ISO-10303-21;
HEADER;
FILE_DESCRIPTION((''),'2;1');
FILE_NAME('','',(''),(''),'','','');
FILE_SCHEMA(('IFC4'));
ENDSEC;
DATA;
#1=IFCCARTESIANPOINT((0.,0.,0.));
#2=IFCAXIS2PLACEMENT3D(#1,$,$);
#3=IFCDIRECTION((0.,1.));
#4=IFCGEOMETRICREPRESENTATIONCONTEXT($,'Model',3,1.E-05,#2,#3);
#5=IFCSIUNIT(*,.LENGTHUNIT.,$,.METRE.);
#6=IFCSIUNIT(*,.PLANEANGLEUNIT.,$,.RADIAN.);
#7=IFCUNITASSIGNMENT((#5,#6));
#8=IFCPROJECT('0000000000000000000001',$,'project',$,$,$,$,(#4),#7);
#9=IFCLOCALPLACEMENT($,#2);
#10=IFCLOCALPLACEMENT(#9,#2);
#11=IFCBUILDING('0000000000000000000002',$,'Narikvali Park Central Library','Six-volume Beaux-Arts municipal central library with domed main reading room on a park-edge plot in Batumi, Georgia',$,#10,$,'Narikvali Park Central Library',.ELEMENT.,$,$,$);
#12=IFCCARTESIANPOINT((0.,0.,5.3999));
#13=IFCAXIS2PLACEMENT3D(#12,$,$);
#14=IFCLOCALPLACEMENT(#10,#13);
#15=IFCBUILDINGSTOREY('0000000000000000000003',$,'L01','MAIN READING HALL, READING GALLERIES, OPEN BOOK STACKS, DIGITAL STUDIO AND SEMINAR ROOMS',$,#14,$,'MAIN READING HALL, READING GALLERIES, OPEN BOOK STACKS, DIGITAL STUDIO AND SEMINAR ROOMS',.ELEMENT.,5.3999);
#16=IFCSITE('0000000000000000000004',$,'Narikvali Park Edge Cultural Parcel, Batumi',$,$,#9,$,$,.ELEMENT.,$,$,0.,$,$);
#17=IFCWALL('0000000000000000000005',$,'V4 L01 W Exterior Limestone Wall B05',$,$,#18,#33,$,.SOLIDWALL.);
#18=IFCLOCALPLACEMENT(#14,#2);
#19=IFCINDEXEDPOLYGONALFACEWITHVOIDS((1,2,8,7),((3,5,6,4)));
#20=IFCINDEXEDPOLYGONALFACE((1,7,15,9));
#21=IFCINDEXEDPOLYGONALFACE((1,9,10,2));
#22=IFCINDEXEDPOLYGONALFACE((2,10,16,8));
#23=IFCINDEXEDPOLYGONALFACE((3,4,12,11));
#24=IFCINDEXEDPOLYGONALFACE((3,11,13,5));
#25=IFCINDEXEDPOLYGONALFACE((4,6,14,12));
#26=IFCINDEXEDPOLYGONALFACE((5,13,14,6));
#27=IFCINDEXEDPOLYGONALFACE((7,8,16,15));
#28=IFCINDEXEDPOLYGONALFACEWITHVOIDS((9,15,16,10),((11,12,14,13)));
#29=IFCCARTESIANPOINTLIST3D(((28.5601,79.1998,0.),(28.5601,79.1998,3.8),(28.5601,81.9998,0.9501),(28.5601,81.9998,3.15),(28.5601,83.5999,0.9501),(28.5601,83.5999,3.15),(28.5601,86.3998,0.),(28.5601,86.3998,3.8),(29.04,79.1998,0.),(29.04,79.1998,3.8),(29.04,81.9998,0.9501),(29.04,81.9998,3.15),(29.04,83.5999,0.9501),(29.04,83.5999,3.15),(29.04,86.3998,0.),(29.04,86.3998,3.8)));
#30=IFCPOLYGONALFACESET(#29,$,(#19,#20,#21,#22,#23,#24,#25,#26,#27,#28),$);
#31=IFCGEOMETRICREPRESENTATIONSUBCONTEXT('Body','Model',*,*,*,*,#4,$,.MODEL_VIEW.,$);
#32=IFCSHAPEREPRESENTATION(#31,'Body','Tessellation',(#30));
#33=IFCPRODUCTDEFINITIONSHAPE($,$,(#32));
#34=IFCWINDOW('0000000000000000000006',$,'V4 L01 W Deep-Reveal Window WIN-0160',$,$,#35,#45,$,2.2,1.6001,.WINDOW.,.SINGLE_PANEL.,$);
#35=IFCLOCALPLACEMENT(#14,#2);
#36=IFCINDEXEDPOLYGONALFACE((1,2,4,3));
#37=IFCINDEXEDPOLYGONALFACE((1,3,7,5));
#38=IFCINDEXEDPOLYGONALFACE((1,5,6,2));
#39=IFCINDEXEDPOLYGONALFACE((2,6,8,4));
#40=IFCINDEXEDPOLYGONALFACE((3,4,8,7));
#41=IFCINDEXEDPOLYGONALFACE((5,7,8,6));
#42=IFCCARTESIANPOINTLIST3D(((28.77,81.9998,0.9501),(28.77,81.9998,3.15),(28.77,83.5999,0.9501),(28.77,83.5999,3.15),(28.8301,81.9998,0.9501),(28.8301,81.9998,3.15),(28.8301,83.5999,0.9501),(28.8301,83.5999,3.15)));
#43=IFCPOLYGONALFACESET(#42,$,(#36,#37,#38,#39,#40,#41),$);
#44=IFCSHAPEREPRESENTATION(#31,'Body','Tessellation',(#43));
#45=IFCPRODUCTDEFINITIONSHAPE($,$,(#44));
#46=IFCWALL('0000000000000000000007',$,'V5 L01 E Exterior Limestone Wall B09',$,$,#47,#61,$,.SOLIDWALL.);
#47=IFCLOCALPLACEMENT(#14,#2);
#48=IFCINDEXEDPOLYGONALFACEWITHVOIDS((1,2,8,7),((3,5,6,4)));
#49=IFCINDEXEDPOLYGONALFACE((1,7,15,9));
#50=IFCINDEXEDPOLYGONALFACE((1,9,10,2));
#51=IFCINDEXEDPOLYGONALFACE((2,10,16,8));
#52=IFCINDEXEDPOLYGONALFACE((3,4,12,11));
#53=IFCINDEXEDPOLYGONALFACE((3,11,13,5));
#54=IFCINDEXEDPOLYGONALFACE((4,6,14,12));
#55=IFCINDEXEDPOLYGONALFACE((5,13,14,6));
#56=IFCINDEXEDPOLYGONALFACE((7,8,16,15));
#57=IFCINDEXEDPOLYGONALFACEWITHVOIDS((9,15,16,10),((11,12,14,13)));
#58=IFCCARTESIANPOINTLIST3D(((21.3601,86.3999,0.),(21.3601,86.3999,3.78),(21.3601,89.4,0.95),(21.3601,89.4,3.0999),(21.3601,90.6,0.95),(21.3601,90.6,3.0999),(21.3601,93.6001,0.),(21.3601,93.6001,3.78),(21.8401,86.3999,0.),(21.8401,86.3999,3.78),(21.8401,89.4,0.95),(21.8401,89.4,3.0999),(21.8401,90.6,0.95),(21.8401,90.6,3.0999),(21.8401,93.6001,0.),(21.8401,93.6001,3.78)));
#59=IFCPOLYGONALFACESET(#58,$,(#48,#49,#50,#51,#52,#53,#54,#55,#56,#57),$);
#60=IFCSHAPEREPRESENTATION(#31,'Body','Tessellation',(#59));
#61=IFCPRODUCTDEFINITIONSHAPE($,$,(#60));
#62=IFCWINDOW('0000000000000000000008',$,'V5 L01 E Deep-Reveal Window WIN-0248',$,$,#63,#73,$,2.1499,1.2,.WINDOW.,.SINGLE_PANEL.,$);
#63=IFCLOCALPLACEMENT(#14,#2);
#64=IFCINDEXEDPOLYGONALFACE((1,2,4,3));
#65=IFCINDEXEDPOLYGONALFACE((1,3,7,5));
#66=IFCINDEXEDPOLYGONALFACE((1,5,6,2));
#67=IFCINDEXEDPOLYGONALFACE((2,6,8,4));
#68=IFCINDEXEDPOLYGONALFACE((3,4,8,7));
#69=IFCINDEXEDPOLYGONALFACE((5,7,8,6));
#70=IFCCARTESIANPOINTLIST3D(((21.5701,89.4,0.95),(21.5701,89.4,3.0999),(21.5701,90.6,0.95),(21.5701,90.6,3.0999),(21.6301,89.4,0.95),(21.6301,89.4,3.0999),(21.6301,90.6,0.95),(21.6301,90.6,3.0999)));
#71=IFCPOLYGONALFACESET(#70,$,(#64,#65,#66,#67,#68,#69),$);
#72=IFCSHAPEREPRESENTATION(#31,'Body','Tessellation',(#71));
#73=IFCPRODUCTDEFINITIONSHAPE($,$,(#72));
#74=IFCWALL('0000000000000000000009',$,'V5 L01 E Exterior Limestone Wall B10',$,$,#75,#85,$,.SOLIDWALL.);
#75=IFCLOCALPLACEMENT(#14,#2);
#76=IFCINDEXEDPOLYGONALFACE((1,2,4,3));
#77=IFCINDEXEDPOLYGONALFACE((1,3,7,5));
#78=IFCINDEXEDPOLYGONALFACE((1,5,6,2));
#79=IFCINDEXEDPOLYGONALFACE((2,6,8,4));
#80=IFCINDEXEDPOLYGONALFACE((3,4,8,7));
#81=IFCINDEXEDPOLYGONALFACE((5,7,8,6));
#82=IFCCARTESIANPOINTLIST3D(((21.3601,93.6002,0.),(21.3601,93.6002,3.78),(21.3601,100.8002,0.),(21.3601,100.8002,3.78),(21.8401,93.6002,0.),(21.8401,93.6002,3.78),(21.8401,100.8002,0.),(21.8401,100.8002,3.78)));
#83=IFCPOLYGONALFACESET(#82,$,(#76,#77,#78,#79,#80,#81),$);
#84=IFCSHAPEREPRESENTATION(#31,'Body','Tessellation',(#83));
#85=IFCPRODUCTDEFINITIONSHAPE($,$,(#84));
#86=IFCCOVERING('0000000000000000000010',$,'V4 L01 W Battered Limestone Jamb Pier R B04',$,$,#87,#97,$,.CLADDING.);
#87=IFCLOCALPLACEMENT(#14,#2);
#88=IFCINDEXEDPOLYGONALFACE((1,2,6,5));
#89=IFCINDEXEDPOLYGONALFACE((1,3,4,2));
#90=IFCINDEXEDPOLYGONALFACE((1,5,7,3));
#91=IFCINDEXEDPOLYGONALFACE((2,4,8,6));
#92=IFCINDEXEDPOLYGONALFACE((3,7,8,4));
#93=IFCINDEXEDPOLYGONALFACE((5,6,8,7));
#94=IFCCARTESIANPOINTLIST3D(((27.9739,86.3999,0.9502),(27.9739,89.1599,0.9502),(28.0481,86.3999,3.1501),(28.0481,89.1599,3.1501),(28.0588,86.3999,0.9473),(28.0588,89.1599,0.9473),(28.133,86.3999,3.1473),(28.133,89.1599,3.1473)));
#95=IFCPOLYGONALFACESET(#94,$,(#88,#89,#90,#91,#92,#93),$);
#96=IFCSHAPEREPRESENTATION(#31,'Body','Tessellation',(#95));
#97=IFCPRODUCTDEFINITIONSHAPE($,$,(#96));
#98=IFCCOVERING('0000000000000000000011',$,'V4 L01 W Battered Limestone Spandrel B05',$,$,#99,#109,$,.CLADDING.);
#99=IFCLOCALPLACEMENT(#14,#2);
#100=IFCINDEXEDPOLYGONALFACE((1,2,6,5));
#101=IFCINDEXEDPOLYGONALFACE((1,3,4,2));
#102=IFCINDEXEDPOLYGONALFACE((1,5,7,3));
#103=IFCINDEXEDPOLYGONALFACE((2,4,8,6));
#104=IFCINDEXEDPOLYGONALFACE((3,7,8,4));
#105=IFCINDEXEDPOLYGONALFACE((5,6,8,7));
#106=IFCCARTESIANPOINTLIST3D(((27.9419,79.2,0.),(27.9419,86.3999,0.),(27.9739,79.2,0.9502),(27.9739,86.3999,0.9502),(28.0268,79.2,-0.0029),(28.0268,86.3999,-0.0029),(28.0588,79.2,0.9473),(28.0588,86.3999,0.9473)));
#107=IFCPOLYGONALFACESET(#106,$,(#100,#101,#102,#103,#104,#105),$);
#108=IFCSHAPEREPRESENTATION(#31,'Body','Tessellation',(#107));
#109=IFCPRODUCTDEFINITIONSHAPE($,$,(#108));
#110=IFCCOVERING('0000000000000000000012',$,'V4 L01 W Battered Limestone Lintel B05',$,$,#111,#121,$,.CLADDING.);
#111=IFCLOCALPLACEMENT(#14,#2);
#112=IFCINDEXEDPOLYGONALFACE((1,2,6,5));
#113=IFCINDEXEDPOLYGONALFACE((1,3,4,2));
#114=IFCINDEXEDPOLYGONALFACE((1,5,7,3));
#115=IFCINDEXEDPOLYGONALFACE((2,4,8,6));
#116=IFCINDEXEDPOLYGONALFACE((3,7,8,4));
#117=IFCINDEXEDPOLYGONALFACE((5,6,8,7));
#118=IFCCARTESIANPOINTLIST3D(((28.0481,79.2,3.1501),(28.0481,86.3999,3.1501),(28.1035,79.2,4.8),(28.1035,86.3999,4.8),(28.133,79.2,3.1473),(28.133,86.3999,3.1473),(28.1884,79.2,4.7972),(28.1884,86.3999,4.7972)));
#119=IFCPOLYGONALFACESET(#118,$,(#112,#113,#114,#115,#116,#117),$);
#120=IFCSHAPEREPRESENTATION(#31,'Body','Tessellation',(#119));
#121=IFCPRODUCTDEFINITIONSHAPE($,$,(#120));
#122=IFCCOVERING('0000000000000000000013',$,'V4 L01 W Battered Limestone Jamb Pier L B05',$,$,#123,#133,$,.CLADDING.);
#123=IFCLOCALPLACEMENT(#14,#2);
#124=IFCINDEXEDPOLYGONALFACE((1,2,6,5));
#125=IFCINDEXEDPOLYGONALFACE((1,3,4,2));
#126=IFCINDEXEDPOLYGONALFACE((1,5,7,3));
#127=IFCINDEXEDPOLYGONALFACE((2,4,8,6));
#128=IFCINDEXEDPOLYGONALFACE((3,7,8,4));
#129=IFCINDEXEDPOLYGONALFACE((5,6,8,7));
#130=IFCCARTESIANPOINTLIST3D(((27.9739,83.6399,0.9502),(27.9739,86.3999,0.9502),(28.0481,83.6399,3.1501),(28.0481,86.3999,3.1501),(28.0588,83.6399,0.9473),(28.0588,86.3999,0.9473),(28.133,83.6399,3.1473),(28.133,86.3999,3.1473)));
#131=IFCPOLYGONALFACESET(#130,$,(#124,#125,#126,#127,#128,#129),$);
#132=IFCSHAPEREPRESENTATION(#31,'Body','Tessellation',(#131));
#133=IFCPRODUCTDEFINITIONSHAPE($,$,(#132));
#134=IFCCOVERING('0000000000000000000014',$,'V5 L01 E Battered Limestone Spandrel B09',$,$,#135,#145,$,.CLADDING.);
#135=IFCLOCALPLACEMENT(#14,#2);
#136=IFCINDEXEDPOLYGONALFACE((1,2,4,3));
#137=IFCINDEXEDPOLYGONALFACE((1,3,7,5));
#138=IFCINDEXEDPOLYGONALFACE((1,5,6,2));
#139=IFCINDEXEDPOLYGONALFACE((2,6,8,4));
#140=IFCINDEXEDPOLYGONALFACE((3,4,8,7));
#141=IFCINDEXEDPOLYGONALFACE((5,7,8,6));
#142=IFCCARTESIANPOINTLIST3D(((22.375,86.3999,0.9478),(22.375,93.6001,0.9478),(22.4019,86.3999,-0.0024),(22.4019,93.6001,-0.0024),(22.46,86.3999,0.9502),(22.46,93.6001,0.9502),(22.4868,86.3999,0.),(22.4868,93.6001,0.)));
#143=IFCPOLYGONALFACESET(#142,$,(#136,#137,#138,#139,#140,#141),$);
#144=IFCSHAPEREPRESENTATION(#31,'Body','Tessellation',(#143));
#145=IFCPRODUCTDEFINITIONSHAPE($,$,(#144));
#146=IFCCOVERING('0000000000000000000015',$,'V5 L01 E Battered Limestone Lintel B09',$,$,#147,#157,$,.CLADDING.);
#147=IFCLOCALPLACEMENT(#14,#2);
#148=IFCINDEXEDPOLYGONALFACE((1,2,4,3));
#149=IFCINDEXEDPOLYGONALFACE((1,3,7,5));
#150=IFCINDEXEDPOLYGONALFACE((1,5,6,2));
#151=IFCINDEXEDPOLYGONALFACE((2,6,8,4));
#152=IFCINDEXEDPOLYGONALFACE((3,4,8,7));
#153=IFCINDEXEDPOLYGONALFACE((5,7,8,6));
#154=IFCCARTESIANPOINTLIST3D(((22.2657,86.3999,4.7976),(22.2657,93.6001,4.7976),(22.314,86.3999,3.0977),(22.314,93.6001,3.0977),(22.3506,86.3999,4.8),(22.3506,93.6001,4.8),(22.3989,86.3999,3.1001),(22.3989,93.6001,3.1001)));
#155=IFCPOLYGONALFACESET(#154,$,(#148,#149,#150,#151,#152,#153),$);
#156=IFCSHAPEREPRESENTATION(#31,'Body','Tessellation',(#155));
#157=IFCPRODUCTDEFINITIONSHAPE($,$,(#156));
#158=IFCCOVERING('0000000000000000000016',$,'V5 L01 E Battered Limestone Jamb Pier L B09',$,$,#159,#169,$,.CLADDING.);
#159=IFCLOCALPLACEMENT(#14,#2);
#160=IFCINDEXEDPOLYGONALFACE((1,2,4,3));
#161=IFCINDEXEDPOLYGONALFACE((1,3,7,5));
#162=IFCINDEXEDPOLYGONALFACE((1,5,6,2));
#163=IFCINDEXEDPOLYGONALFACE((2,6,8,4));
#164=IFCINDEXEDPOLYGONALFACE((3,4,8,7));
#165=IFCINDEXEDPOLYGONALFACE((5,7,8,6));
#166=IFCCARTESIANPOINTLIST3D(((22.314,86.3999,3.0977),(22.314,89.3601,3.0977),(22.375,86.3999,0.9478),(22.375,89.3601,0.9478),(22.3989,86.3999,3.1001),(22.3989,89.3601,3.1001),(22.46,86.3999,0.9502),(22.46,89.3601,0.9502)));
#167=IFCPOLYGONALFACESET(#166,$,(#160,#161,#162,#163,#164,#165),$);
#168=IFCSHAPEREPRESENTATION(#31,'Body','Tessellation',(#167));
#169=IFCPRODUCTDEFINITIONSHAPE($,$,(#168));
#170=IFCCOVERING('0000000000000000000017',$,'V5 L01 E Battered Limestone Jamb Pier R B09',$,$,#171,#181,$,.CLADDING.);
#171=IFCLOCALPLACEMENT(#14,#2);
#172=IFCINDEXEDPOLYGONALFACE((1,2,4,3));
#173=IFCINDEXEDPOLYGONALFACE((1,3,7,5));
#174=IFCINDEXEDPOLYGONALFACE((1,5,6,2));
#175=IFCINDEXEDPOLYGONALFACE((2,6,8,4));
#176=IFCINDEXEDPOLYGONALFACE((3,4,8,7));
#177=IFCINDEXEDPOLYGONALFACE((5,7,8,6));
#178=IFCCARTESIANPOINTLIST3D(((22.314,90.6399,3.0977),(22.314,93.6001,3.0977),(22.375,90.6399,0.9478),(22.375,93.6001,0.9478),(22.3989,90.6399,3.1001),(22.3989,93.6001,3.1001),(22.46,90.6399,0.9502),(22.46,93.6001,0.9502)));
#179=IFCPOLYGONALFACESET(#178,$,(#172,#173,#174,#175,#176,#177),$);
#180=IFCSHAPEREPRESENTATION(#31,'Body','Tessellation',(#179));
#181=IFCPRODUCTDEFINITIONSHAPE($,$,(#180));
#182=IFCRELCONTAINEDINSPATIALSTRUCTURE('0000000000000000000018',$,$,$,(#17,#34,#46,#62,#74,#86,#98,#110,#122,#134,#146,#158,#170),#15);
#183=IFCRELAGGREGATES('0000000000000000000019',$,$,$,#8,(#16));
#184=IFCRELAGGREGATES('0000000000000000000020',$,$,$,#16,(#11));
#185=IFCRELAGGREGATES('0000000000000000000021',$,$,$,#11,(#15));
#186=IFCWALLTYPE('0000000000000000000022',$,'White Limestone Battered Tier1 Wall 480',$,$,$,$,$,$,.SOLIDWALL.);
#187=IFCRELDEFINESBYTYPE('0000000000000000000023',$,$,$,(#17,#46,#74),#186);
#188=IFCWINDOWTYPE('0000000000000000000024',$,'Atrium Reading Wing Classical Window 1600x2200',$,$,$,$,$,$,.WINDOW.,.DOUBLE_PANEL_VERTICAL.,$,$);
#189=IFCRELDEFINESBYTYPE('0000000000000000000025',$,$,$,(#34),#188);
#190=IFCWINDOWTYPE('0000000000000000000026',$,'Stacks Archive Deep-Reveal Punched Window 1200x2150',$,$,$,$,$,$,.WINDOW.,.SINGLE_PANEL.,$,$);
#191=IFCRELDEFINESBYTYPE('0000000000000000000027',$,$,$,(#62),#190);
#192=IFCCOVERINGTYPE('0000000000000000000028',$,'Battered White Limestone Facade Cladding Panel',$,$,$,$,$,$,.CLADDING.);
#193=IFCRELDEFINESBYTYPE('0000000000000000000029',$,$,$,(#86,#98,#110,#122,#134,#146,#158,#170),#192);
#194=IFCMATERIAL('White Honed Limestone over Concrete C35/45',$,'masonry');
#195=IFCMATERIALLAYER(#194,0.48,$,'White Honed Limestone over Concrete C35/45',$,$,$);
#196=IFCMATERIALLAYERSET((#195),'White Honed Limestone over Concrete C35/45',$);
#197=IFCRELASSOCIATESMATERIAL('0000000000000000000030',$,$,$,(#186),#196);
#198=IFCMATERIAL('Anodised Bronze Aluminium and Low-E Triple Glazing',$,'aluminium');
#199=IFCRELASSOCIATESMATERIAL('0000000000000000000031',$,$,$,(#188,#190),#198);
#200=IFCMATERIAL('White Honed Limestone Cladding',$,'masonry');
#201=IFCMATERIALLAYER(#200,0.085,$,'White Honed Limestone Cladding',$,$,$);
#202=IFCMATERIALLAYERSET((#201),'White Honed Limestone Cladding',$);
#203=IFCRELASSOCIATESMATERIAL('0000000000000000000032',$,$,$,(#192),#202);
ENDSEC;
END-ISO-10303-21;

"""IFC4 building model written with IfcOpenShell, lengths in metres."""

from ifc_helpers import new_model, si_unit, direction, frame, frame_2d, origin, place, context, subcontext, project, spatial, polyline, rectangle, outline, extrude, material, layer, layer_set, type_object, element, fill, save


model = new_model("IFC4")

# Units and contexts
model_context = context("Model", 3, precision=1e-05, world=origin(), true_north=direction((0.0, 1.0)))
body_context = subcontext(model_context, "Body", "Model", "MODEL_VIEW")
ifc_project = project(units=[si_unit("LENGTHUNIT", "METRE"), si_unit("PLANEANGLEUNIT", "RADIAN")], contexts=[model_context])

# Site, building, storey
site_placement = place(None, origin())
site = spatial("IfcSite", under=ifc_project, at=site_placement, Name="Narikvali Park Edge Cultural Parcel, Batumi", CompositionType="ELEMENT", RefElevation=0.0)
building_placement = place(site_placement, origin())
building = spatial("IfcBuilding", under=site, at=building_placement, Name="Narikvali Park Central Library", Description="Six-volume Beaux-Arts municipal central library with domed main reading room on a park-edge plot in Batumi, Georgia", LongName="Narikvali Park Central Library", CompositionType="ELEMENT")
storey_placement = place(building_placement, frame((0.0, 0.0, 5.3999)))
storey = spatial("IfcBuildingStorey", under=building, at=storey_placement, Name="L01", Description="MAIN READING HALL, READING GALLERIES, OPEN BOOK STACKS, DIGITAL STUDIO AND SEMINAR ROOMS", LongName="MAIN READING HALL, READING GALLERIES, OPEN BOOK STACKS, DIGITAL STUDIO AND SEMINAR ROOMS", CompositionType="ELEMENT", Elevation=5.3999)

# Walls, openings, windows
ifc_material_1 = material(Name="White Honed Limestone over Concrete C35/45", Category="masonry")
ifc_layer_1 = layer(ifc_material_1, 0.48, Name="White Honed Limestone over Concrete C35/45")
ifc_layer_set_1 = layer_set([ifc_layer_1], Name="White Honed Limestone over Concrete C35/45")
wall_type = type_object("IfcWallType", Name="White Limestone Battered Tier1 Wall 480", PredefinedType="SOLIDWALL", material=ifc_layer_set_1)
wall_1_placement = place(storey_placement, frame((28.8, 86.3999, 0.0), z_axis=(0.0, 0.0, 1.0), x_axis=(0.0, -1.0, 0.0)))
wall_1 = element("IfcWall", 1, at=wall_1_placement, inside=storey, type_object=wall_type, Name="V4 L01 W Exterior Limestone Wall B05", PredefinedType="SOLIDWALL", context=body_context, shape_type="SweptSolid", body=[
    extrude(rectangle(XDim=7.2, YDim=0.48, at=frame_2d((3.6001, 0.0))), origin(), (0.0, 0.0, 1.0), 3.8),
])
opening_1_placement = place(wall_1_placement, frame((2.8, 0.0, 0.95)))
opening_1 = element("IfcOpeningElement", 2, at=opening_1_placement, cuts=wall_1, PredefinedType="OPENING", context=body_context, shape_type="SweptSolid", body=[
    extrude(rectangle(XDim=1.6001, YDim=2.2, at=frame_2d((0.8, 1.1001))), frame((0.0, 0.252, 0.0), z_axis=(0.0, -1.0, 0.0), x_axis=(1.0, 0.0, 0.0)), (0.0, 0.0, 1.0), 0.5039),
])
ifc_material_2 = material(Name="Anodised Bronze Aluminium and Low-E Triple Glazing", Category="aluminium")
window_type_1 = type_object("IfcWindowType", Name="Atrium Reading Wing Classical Window 1600x2200", PartitioningType="DOUBLE_PANEL_VERTICAL", PredefinedType="WINDOW", material=ifc_material_2)
window_1_placement = place(opening_1_placement, origin())
window_1 = element("IfcWindow", 3, at=window_1_placement, inside=storey, type_object=window_type_1, Name="V4 L01 W Deep-Reveal Window WIN-0160", OverallHeight=2.2, OverallWidth=1.6001, PartitioningType="SINGLE_PANEL", PredefinedType="WINDOW", context=body_context, shape_type="SweptSolid", body=[
    extrude(rectangle(XDim=1.6001, YDim=2.2, at=frame_2d((0.8, 1.1001))), frame((0.0, 0.03, 0.0), z_axis=(0.0, -1.0, 0.0), x_axis=(1.0, 0.0, 0.0)), (0.0, 0.0, 1.0), 0.0601),
])
fill(opening_1, window_1)
wall_2_placement = place(storey_placement, frame((21.6001, 86.3999, 0.0), z_axis=(0.0, 0.0, 1.0), x_axis=(0.0, 1.0, 0.0)))
wall_2 = element("IfcWall", 4, at=wall_2_placement, inside=storey, type_object=wall_type, Name="V5 L01 E Exterior Limestone Wall B09", PredefinedType="SOLIDWALL", context=body_context, shape_type="SweptSolid", body=[
    extrude(rectangle(XDim=7.2002, YDim=0.48, at=frame_2d((3.6001, 0.0))), origin(), (0.0, 0.0, 1.0), 3.78),
])
opening_2_placement = place(wall_2_placement, frame((3.0, 0.0, 0.95)))
opening_2 = element("IfcOpeningElement", 5, at=opening_2_placement, cuts=wall_2, PredefinedType="OPENING", context=body_context, shape_type="SweptSolid", body=[
    extrude(rectangle(XDim=1.2, YDim=2.1499, at=frame_2d((0.6001, 1.075))), frame((0.0, 0.252, 0.0), z_axis=(0.0, -1.0, 0.0), x_axis=(1.0, 0.0, 0.0)), (0.0, 0.0, 1.0), 0.5039),
])
window_type_2 = type_object("IfcWindowType", Name="Stacks Archive Deep-Reveal Punched Window 1200x2150", PartitioningType="SINGLE_PANEL", PredefinedType="WINDOW", material=ifc_material_2)
window_2_placement = place(opening_2_placement, origin())
window_2 = element("IfcWindow", 6, at=window_2_placement, inside=storey, type_object=window_type_2, Name="V5 L01 E Deep-Reveal Window WIN-0248", OverallHeight=2.1499, OverallWidth=1.2, PartitioningType="SINGLE_PANEL", PredefinedType="WINDOW", context=body_context, shape_type="SweptSolid", body=[
    extrude(rectangle(XDim=1.2, YDim=2.1499, at=frame_2d((0.6001, 1.075))), frame((0.0, 0.03, 0.0), z_axis=(0.0, -1.0, 0.0), x_axis=(1.0, 0.0, 0.0)), (0.0, 0.0, 1.0), 0.0601),
])
fill(opening_2, window_2)

# Wall
wall_3_placement = place(storey_placement, frame((21.6001, 93.6001, 0.0), z_axis=(0.0, 0.0, 1.0), x_axis=(0.0, 1.0, 0.0)))
element("IfcWall", 7, at=wall_3_placement, inside=storey, type_object=wall_type, Name="V5 L01 E Exterior Limestone Wall B10", PredefinedType="SOLIDWALL", context=body_context, shape_type="SweptSolid", body=[
    extrude(rectangle(XDim=7.2, YDim=0.48, at=frame_2d((3.6001, 0.0))), origin(), (0.0, 0.0, 1.0), 3.78),
])

# Coverings
ifc_material_3 = material(Name="White Honed Limestone Cladding", Category="masonry")
ifc_layer_2 = layer(ifc_material_3, 0.085, Name="White Honed Limestone Cladding")
ifc_layer_set_2 = layer_set([ifc_layer_2], Name="White Honed Limestone Cladding")
covering_type = type_object("IfcCoveringType", Name="Battered White Limestone Facade Cladding Panel", PredefinedType="CLADDING", material=ifc_layer_set_2)
covering_1_placement = place(storey_placement, frame((27.9739, 89.1599, 0.9502), z_axis=(-0.999431, 0.0, 0.033717), x_axis=(0.0, -1.0, 0.0)))
element("IfcCovering", 8, at=covering_1_placement, inside=storey, type_object=covering_type, Name="V4 L01 W Battered Limestone Jamb Pier R B04", PredefinedType="CLADDING", context=body_context, shape_type="SweptSolid", body=[
    extrude(outline(polyline([(0.0, 0.0), (2.76, 0.0), (2.76, 2.2012), (0.0, 2.2012), (0.0, 0.0)])), origin(), (0.0, 0.0, -1.0), 0.085),
])
covering_2_placement = place(storey_placement, frame((27.9419, 86.3999, 0.0), z_axis=(-0.999434, 0.0, 0.03364), x_axis=(0.0, -1.0, 0.0)))
element("IfcCovering", 9, at=covering_2_placement, inside=storey, type_object=covering_type, Name="V4 L01 W Battered Limestone Spandrel B05", PredefinedType="CLADDING", context=body_context, shape_type="SweptSolid", body=[
    extrude(outline(polyline([(0.0, 0.0), (7.2, 0.0), (7.2, 0.9507), (0.0, 0.9507), (0.0, 0.0)])), origin(), (0.0, 0.0, -1.0), 0.085),
])
covering_3_placement = place(storey_placement, frame((28.0481, 86.3999, 3.1501), z_axis=(-0.999436, 0.0, 0.033571), x_axis=(0.0, -1.0, 0.0)))
element("IfcCovering", 10, at=covering_3_placement, inside=storey, type_object=covering_type, Name="V4 L01 W Battered Limestone Lintel B05", PredefinedType="CLADDING", context=body_context, shape_type="SweptSolid", body=[
    extrude(outline(polyline([(0.0, 0.0), (7.2, 0.0), (7.2, 1.6508), (0.0, 1.6508), (0.0, 0.0)])), origin(), (0.0, 0.0, -1.0), 0.085),
])
covering_4_placement = place(storey_placement, frame((27.9739, 86.3999, 0.9502), z_axis=(-0.999431, 0.0, 0.033717), x_axis=(0.0, -1.0, 0.0)))
element("IfcCovering", 11, at=covering_4_placement, inside=storey, type_object=covering_type, Name="V4 L01 W Battered Limestone Jamb Pier L B05", PredefinedType="CLADDING", context=body_context, shape_type="SweptSolid", body=[
    extrude(outline(polyline([(0.0, 0.0), (2.76, 0.0), (2.76, 2.2012), (0.0, 2.2012), (0.0, 0.0)])), origin(), (0.0, 0.0, -1.0), 0.085),
])
covering_5_placement = place(storey_placement, frame((22.4868, 86.3999, 0.0), z_axis=(0.999601, 0.0, 0.028252), x_axis=(0.0, 1.0, 0.0)))
element("IfcCovering", 12, at=covering_5_placement, inside=storey, type_object=covering_type, Name="V5 L01 E Battered Limestone Spandrel B09", PredefinedType="CLADDING", context=body_context, shape_type="SweptSolid", body=[
    extrude(outline(polyline([(0.0, 0.0), (7.2002, 0.0), (7.2002, 0.9506), (0.0, 0.9506), (0.0, 0.0)])), origin(), (0.0, 0.0, -1.0), 0.085),
])
covering_6_placement = place(storey_placement, frame((22.3989, 86.3999, 3.1001), z_axis=(0.999596, 0.0, 0.028425), x_axis=(0.0, 1.0, 0.0)))
element("IfcCovering", 13, at=covering_6_placement, inside=storey, type_object=covering_type, Name="V5 L01 E Battered Limestone Lintel B09", PredefinedType="CLADDING", context=body_context, shape_type="SweptSolid", body=[
    extrude(outline(polyline([(0.0, 0.0), (7.2002, 0.0), (7.2002, 1.7006), (0.0, 1.7006), (0.0, 0.0)])), origin(), (0.0, 0.0, -1.0), 0.085),
])
for number, where, z_axis, x_axis, name in (
    (14, (22.46, 86.3999, 0.9502), (0.999597, 0.0, 0.028378), (0.0, 1.0, 0.0), "V5 L01 E Battered Limestone Jamb Pier L B09"),
    (15, (22.46, 90.6399, 0.9502), (0.999597, 0.0, 0.028378), (0.0, 1.0, 0.0), "V5 L01 E Battered Limestone Jamb Pier R B09"),
):
    element("IfcCovering", number, at=place(storey_placement, frame(where, z_axis=z_axis, x_axis=x_axis)), inside=storey, type_object=covering_type, Name=name, PredefinedType="CLADDING", context=body_context, shape_type="SweptSolid", body=[
        extrude(outline(polyline([(0.0, 0.0), (2.9602, 0.0), (2.9602, 2.1508), (0.0, 2.1508), (0.0, 0.0)])), origin(), (0.0, 0.0, -1.0), 0.085),
    ])

save(model, "model.ifc")
